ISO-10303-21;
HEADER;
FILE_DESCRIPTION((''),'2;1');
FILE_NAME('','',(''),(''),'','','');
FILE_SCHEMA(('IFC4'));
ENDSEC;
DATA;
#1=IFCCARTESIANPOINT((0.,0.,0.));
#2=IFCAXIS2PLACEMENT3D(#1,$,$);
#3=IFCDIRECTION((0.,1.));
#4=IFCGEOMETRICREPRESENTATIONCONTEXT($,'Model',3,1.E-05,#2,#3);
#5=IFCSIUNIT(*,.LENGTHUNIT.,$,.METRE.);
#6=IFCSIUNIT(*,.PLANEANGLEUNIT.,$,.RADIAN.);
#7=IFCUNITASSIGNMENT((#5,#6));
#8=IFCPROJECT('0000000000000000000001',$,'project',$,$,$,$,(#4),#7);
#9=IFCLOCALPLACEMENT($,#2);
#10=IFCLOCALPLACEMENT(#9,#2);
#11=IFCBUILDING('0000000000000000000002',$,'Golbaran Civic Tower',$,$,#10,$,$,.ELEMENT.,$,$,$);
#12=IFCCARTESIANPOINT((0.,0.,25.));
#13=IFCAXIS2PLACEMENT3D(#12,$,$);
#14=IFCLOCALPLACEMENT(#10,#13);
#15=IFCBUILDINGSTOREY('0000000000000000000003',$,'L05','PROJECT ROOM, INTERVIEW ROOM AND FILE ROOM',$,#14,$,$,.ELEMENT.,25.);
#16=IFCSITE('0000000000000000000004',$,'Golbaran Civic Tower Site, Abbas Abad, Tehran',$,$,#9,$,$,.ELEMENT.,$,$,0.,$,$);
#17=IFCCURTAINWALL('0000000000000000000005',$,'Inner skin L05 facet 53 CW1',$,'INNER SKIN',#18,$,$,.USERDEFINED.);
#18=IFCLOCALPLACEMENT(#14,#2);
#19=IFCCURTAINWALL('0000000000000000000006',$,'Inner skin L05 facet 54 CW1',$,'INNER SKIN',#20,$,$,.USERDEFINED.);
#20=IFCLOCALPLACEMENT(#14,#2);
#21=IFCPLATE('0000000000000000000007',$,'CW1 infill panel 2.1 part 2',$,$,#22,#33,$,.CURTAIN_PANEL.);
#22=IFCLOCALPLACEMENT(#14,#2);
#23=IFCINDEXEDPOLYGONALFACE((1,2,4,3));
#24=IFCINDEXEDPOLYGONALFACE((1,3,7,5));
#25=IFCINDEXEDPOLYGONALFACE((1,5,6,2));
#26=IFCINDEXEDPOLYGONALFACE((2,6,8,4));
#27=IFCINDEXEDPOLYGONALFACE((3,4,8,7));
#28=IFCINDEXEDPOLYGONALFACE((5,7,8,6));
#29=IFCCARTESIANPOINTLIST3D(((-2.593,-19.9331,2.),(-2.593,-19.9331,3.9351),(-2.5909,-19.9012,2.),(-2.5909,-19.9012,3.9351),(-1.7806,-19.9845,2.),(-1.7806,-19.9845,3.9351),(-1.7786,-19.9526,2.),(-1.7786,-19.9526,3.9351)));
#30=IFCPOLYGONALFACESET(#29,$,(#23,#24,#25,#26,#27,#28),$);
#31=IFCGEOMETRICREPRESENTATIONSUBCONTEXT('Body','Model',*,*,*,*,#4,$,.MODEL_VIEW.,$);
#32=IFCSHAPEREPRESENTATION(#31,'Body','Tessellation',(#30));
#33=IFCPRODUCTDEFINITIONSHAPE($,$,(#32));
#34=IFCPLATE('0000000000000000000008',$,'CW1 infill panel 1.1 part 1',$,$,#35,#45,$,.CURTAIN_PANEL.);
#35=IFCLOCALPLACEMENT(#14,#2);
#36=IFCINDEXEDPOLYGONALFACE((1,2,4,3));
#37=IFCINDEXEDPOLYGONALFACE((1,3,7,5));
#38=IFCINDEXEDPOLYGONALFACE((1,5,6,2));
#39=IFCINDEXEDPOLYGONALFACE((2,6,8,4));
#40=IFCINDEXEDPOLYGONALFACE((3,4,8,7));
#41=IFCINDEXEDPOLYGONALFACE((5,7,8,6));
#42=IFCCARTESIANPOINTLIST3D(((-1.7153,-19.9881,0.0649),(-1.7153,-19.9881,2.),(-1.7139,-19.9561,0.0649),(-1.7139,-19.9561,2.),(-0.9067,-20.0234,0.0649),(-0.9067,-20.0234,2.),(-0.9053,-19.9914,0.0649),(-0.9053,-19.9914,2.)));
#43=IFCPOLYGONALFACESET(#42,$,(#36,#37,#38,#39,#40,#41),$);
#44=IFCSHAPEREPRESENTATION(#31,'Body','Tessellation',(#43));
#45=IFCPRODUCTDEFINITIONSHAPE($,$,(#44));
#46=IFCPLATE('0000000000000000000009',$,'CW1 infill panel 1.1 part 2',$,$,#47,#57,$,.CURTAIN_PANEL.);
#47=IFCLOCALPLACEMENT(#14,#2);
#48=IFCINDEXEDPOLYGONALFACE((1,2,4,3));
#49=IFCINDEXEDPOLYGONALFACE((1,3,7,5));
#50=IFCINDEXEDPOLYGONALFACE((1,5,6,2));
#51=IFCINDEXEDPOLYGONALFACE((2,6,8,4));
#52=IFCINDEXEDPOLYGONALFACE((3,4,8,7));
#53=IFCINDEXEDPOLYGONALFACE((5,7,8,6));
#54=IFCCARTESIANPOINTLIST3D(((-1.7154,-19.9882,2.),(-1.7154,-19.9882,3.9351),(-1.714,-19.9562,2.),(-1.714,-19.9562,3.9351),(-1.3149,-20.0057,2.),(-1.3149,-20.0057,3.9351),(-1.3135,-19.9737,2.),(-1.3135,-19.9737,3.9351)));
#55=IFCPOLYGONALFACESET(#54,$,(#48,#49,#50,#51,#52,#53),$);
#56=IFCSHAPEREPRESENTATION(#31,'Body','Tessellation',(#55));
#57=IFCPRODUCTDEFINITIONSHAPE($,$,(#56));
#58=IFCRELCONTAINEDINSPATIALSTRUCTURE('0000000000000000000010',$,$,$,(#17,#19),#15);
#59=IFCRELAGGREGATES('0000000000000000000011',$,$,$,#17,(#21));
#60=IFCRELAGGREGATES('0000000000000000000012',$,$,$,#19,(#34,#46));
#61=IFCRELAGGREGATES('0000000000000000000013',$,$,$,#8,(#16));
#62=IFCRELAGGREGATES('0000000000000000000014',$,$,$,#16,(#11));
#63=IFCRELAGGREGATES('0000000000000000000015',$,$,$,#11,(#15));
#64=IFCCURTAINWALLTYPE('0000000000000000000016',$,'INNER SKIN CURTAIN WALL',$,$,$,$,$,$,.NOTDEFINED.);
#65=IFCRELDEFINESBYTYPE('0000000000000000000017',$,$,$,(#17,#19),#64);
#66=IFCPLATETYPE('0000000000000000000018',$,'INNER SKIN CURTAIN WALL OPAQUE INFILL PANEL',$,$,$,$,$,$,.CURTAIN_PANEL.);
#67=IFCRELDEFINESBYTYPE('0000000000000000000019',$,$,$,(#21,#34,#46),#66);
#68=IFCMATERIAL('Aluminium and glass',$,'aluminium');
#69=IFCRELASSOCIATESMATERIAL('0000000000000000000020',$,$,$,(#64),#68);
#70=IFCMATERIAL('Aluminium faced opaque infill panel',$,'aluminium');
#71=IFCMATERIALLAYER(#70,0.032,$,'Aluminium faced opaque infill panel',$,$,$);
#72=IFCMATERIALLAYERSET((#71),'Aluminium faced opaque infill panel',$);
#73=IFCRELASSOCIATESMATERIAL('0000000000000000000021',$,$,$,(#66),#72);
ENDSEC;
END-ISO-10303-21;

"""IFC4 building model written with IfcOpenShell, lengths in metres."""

from ifc_helpers import new_model, si_unit, direction, frame, origin, origin_2d, place, context, subcontext, project, spatial, rectangle, extrude, material, layer, layer_set, type_object, element, aggregate, save


model = new_model("IFC4")

# Units and contexts
model_context = context("Model", 3, precision=1e-05, world=origin(), true_north=direction((0.0, 1.0)))
body_context = subcontext(model_context, "Body", "Model", "MODEL_VIEW")
ifc_project = project(units=[si_unit("LENGTHUNIT", "METRE"), si_unit("PLANEANGLEUNIT", "RADIAN")], contexts=[model_context])

# Site, building, storey
site_placement = place(None, origin())
site = spatial("IfcSite", under=ifc_project, at=site_placement, Name="Golbaran Civic Tower Site, Abbas Abad, Tehran", CompositionType="ELEMENT", RefElevation=0.0)
building_placement = place(site_placement, origin())
building = spatial("IfcBuilding", under=site, at=building_placement, Name="Golbaran Civic Tower", CompositionType="ELEMENT")
storey_placement = place(building_placement, frame((0.0, 0.0, 25.0)))
storey = spatial("IfcBuildingStorey", under=building, at=storey_placement, Name="L05", Description="PROJECT ROOM, INTERVIEW ROOM AND FILE ROOM", CompositionType="ELEMENT", Elevation=25.0)

# Curtain walls
ifc_material_1 = material(Name="Aluminium and glass", Category="aluminium")
curtain_wall_type = type_object("IfcCurtainWallType", Name="INNER SKIN CURTAIN WALL", PredefinedType="NOTDEFINED", material=ifc_material_1)
curtain_wall_1_placement = place(storey_placement, origin())
curtain_wall_1 = element("IfcCurtainWall", 1, at=curtain_wall_1_placement, inside=storey, type_object=curtain_wall_type, Name="Inner skin L05 facet 53 CW1", ObjectType="INNER SKIN", PredefinedType="USERDEFINED")
curtain_wall_2_placement = place(storey_placement, origin())
curtain_wall_2 = element("IfcCurtainWall", 2, at=curtain_wall_2_placement, inside=storey, type_object=curtain_wall_type, Name="Inner skin L05 facet 54 CW1", ObjectType="INNER SKIN", PredefinedType="USERDEFINED")

# Plates
ifc_material_2 = material(Name="Aluminium faced opaque infill panel", Category="aluminium")
ifc_layer_1 = layer(ifc_material_2, 0.032, Name="Aluminium faced opaque infill panel")
ifc_layer_set_1 = layer_set([ifc_layer_1], Name="Aluminium faced opaque infill panel")
plate_type_1 = type_object("IfcPlateType", Name="INNER SKIN CURTAIN WALL OPAQUE INFILL PANEL", PredefinedType="CURTAIN_PANEL", material=ifc_layer_set_1)
plate_1_placement = place(storey_placement, frame((-2.1858, -19.9429, 2.0), z_axis=(0.0, 0.0, 1.0), x_axis=(0.998002, -0.063183, 0.0)))
plate_1 = element("IfcPlate", 3, at=plate_1_placement, type_object=plate_type_1, Name="CW1 infill panel 2.1 part 2", PredefinedType="CURTAIN_PANEL", context=body_context, shape_type="SweptSolid", body=[
    extrude(rectangle(XDim=0.814, YDim=0.032, at=origin_2d()), origin(), (0.0, 0.0, 1.0), 1.9351),
])
aggregate(curtain_wall_1, [plate_1])
plate_2_placement = place(storey_placement, frame((-1.3103, -19.9897, 0.0649), z_axis=(0.0, 0.0, 1.0), x_axis=(0.999048, -0.043619, 0.0)))
plate_2 = element("IfcPlate", 4, at=plate_2_placement, type_object=plate_type_1, Name="CW1 infill panel 1.1 part 1", PredefinedType="CURTAIN_PANEL", context=body_context, shape_type="SweptSolid", body=[
    extrude(rectangle(XDim=0.8093, YDim=0.032, at=origin_2d()), origin(), (0.0, 0.0, 1.0), 1.9351),
])
plate_3_placement = place(storey_placement, frame((-1.5144, -19.981, 2.0), z_axis=(0.0, 0.0, 1.0), x_axis=(0.999048, -0.043619, 0.0)))
plate_3 = element("IfcPlate", 5, at=plate_3_placement, type_object=plate_type_1, Name="CW1 infill panel 1.1 part 2", PredefinedType="CURTAIN_PANEL", context=body_context, shape_type="SweptSolid", body=[
    extrude(rectangle(XDim=0.4009, YDim=0.032, at=origin_2d()), origin(), (0.0, 0.0, 1.0), 1.9351),
])
aggregate(curtain_wall_2, [plate_2, plate_3])

save(model, "model.ifc")
